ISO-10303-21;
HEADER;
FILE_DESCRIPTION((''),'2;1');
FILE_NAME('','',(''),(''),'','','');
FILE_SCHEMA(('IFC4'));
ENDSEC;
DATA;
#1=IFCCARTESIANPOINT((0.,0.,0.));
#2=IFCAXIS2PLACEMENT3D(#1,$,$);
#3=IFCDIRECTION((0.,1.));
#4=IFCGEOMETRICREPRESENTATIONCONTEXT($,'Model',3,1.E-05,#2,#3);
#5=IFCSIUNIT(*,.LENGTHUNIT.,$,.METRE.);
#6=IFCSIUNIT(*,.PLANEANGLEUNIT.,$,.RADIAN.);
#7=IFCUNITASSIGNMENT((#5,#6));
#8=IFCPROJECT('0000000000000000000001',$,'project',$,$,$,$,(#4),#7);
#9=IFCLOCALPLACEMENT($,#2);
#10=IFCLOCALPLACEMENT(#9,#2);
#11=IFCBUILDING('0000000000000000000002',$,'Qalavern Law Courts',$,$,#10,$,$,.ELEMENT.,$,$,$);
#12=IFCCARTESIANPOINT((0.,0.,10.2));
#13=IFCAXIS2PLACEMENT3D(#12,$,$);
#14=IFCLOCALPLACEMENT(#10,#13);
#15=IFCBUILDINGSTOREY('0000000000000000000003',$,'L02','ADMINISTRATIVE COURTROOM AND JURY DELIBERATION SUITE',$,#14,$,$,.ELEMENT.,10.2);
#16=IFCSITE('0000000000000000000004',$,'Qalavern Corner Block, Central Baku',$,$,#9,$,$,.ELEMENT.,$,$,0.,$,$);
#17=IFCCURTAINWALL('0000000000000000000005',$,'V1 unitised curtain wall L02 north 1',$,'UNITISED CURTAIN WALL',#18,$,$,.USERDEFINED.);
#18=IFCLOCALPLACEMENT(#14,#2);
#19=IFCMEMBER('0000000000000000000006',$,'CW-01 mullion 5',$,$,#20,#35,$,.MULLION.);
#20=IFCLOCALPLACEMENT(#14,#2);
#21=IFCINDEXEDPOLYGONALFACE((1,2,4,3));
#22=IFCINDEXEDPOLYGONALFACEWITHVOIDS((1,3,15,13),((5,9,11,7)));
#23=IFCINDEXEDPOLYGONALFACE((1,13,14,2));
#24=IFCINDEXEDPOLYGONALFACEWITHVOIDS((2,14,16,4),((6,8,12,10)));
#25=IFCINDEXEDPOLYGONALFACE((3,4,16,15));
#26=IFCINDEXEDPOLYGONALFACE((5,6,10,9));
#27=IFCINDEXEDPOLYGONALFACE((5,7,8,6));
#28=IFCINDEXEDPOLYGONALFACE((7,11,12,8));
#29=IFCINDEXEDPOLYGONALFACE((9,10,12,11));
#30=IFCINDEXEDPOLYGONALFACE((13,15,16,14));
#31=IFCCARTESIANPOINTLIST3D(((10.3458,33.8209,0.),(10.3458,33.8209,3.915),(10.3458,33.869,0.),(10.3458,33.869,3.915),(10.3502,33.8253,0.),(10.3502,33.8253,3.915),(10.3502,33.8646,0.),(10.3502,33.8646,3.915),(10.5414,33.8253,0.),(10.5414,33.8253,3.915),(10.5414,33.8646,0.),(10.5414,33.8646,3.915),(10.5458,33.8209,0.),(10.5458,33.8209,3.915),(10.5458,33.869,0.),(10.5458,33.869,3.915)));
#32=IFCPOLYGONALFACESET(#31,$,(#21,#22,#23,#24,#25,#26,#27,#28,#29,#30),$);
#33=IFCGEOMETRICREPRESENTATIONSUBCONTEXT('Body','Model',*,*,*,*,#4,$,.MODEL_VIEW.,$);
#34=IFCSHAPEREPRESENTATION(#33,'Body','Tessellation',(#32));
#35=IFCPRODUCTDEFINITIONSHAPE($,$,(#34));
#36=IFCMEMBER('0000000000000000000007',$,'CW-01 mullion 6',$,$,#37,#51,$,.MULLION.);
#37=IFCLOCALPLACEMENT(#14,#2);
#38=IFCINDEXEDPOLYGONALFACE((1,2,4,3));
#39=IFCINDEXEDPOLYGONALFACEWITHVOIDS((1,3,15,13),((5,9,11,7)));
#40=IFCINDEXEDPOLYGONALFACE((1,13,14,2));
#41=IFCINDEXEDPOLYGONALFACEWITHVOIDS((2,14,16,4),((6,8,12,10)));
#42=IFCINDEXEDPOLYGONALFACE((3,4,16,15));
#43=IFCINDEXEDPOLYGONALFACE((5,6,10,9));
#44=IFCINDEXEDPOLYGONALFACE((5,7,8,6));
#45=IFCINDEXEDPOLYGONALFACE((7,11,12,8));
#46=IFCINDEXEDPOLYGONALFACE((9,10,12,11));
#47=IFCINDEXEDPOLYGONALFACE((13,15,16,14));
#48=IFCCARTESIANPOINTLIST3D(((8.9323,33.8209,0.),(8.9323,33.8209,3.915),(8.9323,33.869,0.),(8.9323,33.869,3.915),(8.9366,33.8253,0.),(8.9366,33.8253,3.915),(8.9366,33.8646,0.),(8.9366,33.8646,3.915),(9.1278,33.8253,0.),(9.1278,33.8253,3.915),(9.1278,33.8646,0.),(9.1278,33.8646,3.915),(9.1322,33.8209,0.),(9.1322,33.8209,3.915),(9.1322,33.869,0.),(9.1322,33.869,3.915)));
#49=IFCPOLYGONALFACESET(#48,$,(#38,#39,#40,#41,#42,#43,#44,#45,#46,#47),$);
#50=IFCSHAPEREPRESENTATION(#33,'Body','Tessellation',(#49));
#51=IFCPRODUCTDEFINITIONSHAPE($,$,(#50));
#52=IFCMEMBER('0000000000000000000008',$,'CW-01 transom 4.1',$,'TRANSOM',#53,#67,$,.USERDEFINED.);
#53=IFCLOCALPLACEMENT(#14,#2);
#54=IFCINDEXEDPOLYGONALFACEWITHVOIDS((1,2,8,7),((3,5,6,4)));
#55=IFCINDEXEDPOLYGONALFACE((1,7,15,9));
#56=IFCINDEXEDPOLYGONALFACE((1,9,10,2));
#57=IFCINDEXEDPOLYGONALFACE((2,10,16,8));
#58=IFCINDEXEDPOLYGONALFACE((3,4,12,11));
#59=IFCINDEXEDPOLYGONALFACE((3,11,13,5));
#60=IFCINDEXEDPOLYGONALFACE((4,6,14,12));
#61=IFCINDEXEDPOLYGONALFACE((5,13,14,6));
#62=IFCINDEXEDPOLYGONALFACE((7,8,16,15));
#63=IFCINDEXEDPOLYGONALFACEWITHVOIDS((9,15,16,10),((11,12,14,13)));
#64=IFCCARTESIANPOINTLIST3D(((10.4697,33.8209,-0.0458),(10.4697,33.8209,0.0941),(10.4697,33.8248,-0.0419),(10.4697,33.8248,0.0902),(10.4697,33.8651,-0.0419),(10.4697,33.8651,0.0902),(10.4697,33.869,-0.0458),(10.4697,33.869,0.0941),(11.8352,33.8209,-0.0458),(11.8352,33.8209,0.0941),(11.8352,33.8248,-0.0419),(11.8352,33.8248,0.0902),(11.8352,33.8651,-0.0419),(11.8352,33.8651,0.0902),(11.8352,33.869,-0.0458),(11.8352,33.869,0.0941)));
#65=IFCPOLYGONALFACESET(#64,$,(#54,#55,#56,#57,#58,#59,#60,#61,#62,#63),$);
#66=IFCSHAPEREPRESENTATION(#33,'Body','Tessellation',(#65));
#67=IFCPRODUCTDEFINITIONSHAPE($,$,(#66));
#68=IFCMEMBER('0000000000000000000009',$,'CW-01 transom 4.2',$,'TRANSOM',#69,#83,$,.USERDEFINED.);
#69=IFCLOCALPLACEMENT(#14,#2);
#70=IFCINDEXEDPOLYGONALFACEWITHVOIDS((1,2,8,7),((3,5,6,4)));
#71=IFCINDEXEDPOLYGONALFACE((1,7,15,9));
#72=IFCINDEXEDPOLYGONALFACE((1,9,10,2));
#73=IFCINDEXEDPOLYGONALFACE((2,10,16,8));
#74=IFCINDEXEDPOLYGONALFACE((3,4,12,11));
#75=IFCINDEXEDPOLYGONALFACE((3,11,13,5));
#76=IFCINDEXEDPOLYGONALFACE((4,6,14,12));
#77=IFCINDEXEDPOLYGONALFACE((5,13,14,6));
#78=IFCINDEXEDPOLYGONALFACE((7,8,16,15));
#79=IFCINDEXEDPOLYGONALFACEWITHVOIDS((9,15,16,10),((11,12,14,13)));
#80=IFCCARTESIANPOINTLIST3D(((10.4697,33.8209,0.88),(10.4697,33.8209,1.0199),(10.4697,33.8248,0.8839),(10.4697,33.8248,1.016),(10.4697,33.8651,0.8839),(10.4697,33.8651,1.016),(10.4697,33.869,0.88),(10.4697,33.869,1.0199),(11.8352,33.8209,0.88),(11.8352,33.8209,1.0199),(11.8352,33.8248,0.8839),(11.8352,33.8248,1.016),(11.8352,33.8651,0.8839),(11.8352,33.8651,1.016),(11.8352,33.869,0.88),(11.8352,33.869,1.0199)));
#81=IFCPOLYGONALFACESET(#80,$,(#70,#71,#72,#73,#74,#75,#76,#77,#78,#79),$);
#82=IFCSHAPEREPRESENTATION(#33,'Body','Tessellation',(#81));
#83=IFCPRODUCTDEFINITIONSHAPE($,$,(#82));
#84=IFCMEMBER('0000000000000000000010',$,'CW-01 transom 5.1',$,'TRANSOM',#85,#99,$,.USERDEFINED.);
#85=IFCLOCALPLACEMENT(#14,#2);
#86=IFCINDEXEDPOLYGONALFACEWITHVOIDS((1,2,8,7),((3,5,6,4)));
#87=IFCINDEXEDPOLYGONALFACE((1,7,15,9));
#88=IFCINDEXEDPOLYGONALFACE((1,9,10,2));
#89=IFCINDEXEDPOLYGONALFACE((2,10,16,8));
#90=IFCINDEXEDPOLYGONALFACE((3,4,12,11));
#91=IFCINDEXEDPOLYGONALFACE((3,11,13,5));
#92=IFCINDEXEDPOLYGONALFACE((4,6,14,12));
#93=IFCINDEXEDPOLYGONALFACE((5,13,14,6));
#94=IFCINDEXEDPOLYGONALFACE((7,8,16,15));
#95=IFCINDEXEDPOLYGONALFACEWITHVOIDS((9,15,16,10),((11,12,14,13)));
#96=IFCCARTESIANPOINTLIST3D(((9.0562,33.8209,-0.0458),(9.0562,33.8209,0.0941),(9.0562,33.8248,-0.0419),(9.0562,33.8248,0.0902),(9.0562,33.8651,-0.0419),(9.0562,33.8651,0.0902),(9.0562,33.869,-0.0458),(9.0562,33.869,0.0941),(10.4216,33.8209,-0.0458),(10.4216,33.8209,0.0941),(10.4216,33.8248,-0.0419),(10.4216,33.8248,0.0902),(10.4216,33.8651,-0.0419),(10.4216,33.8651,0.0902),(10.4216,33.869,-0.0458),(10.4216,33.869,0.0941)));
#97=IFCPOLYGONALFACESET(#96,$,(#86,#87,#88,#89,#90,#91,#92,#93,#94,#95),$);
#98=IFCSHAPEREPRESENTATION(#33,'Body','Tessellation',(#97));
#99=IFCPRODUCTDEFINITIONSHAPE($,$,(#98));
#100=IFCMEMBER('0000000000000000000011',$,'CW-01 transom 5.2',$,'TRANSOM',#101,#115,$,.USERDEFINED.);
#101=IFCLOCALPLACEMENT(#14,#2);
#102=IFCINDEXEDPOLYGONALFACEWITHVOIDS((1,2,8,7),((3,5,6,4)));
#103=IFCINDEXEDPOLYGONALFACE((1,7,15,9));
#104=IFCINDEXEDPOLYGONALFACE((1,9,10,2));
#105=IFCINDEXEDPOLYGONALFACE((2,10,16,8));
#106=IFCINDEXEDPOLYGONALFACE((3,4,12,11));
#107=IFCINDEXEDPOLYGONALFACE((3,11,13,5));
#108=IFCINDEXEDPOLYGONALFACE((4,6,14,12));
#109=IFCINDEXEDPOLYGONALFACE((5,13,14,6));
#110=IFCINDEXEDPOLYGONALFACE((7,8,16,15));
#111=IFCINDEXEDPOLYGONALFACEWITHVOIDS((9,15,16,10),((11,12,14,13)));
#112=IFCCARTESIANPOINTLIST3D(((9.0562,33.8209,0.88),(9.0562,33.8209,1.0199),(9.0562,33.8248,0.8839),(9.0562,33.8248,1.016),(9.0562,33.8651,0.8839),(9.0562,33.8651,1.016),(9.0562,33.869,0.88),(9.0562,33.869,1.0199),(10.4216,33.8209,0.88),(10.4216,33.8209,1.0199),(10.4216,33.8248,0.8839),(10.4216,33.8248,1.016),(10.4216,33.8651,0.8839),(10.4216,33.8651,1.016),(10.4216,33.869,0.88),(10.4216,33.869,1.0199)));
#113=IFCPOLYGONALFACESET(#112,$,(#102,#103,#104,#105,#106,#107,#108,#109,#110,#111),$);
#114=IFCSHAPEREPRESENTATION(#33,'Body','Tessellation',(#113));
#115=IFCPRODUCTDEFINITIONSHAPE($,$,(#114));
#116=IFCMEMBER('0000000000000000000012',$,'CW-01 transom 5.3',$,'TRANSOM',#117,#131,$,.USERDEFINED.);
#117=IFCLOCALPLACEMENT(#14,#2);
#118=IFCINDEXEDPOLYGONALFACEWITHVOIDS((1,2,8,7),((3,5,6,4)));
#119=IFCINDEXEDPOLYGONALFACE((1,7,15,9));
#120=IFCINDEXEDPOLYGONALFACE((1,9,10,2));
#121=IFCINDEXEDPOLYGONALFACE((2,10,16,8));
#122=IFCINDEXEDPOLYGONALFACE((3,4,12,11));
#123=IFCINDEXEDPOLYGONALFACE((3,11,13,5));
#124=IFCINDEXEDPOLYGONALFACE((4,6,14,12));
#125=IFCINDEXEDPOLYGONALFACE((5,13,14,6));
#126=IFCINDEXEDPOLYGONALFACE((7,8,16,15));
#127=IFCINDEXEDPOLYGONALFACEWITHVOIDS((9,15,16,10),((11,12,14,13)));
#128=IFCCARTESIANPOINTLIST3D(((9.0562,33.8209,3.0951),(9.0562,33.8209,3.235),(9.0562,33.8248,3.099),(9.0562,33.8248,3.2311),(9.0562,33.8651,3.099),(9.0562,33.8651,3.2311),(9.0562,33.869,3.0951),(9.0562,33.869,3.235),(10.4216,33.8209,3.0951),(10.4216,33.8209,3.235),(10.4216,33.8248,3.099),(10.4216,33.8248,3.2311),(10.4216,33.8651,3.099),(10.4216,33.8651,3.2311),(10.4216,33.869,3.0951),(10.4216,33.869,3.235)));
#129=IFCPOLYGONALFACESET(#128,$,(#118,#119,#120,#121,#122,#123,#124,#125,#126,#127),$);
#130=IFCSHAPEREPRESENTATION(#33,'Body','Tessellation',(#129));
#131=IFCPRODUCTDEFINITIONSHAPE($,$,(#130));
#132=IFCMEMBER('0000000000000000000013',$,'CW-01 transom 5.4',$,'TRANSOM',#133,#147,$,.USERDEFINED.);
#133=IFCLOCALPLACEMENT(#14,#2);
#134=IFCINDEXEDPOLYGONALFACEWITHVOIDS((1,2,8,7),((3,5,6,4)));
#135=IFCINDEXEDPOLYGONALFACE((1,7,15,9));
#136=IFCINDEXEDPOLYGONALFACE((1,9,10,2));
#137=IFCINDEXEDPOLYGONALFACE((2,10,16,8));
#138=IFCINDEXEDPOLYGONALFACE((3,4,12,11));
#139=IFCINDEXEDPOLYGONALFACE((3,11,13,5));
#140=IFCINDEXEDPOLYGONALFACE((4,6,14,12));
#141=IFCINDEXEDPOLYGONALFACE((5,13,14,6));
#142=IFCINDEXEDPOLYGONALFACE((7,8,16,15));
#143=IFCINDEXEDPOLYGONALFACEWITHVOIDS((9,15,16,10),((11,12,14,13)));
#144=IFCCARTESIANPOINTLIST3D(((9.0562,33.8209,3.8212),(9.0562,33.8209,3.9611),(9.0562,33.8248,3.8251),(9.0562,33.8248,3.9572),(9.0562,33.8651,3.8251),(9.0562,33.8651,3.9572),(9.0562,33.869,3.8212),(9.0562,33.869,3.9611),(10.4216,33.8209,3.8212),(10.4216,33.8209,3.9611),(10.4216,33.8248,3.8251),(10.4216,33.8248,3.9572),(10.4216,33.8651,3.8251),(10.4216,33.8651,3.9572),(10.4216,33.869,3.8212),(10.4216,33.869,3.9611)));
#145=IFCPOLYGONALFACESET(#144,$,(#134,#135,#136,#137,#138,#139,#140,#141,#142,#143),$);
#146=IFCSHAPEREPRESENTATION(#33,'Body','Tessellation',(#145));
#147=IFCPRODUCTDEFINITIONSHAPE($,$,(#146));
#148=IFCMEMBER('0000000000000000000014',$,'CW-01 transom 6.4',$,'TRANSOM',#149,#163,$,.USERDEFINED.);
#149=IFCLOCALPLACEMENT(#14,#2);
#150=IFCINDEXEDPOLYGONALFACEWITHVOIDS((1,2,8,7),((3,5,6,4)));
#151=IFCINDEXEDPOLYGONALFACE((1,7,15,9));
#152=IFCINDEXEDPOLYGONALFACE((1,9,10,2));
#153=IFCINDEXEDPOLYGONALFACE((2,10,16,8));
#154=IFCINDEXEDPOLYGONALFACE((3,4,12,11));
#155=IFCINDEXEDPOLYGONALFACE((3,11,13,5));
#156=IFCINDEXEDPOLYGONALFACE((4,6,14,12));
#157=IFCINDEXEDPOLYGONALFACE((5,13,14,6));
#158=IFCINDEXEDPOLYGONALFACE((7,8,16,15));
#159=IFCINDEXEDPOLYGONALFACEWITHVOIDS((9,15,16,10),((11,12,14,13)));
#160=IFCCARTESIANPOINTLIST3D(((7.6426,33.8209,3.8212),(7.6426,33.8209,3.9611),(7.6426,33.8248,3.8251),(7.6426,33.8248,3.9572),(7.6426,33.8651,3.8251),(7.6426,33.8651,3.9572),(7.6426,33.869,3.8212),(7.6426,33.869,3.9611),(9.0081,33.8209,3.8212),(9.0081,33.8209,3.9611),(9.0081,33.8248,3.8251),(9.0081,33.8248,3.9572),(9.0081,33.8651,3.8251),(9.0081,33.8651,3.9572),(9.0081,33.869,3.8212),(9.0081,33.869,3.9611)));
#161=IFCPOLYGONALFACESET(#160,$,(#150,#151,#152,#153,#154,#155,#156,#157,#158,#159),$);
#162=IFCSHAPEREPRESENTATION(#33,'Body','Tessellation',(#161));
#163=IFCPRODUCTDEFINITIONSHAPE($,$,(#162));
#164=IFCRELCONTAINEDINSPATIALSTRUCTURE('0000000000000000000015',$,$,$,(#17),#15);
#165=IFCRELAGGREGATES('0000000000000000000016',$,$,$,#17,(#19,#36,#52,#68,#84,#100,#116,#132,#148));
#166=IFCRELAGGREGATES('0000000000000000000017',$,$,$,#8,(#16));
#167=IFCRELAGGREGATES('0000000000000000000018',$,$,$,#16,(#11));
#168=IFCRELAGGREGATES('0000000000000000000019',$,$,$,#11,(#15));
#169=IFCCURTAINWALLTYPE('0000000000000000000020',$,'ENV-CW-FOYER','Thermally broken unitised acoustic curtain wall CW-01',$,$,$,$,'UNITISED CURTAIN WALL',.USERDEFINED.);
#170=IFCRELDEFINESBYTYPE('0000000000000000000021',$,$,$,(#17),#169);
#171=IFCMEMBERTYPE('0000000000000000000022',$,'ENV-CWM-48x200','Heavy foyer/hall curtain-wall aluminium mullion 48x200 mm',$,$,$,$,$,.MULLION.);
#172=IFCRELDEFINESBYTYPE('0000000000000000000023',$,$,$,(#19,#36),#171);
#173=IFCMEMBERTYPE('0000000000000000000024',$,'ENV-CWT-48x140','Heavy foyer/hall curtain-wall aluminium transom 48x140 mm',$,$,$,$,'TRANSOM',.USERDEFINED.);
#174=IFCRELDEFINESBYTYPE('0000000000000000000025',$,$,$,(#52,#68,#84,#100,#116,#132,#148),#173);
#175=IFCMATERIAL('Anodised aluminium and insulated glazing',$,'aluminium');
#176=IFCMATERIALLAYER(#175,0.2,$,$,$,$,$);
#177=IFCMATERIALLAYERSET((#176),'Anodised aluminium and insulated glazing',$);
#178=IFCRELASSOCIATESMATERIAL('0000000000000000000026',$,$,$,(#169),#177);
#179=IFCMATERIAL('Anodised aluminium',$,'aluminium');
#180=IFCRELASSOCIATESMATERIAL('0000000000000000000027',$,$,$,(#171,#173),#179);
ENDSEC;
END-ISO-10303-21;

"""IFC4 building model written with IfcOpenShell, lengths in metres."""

from ifc_helpers import new_model, si_unit, direction, frame, origin, origin_2d, place, context, subcontext, project, spatial, hollow_rectangle, extrude, material, layer, layer_set, material_profile, profile_set, type_object, element, aggregate, save


model = new_model("IFC4")

# Units and contexts
model_context = context("Model", 3, precision=1e-05, world=origin(), true_north=direction((0.0, 1.0)))
body_context = subcontext(model_context, "Body", "Model", "MODEL_VIEW")
ifc_project = project(units=[si_unit("LENGTHUNIT", "METRE"), si_unit("PLANEANGLEUNIT", "RADIAN")], contexts=[model_context])

# Site, building, storey
site_placement = place(None, origin())
site = spatial("IfcSite", under=ifc_project, at=site_placement, Name="Qalavern Corner Block, Central Baku", CompositionType="ELEMENT", RefElevation=0.0)
building_placement = place(site_placement, origin())
building = spatial("IfcBuilding", under=site, at=building_placement, Name="Qalavern Law Courts", CompositionType="ELEMENT")
storey_placement = place(building_placement, frame((0.0, 0.0, 10.2)))
storey = spatial("IfcBuildingStorey", under=building, at=storey_placement, Name="L02", Description="ADMINISTRATIVE COURTROOM AND JURY DELIBERATION SUITE", CompositionType="ELEMENT", Elevation=10.2)

# Curtain wall, members
ifc_material_1 = material(Name="Anodised aluminium and insulated glazing", Category="aluminium")
ifc_layer_1 = layer(ifc_material_1, 0.2)
ifc_layer_set_1 = layer_set([ifc_layer_1], Name="Anodised aluminium and insulated glazing")
curtain_wall_type = type_object("IfcCurtainWallType", Name="ENV-CW-FOYER", Description="Thermally broken unitised acoustic curtain wall CW-01", ElementType="UNITISED CURTAIN WALL", PredefinedType="USERDEFINED", material=ifc_layer_set_1)
curtain_wall_placement = place(storey_placement, origin())
curtain_wall = element("IfcCurtainWall", 1, at=curtain_wall_placement, inside=storey, type_object=curtain_wall_type, Name="V1 unitised curtain wall L02 north 1", ObjectType="UNITISED CURTAIN WALL", PredefinedType="USERDEFINED")
ifc_material_2 = material(Name="Anodised aluminium", Category="aluminium")
ifc_material_profile_1 = material_profile(ifc_material_2, hollow_rectangle(XDim=0.0481, YDim=0.2, WallThickness=0.0044, at=origin_2d()), Name="ALU MULLION 48x200")
ifc_profile_set_1 = profile_set([ifc_material_profile_1], Name="Anodised aluminium")
member_type_1 = type_object("IfcMemberType", Name="ENV-CWM-48x200", Description="Heavy foyer/hall curtain-wall aluminium mullion 48x200 mm", PredefinedType="MULLION", material=ifc_profile_set_1)
member_1_placement = place(storey_placement, frame((10.4458, 33.845, 0.0), z_axis=(0.0, 0.0, 1.0), x_axis=(0.0, -1.0, 0.0)))
member_1 = element("IfcMember", 2, at=member_1_placement, type_object=member_type_1, Name="CW-01 mullion 5", PredefinedType="MULLION", context=body_context, shape_type="SweptSolid", body=[
    extrude(hollow_rectangle(XDim=0.0481, YDim=0.2, WallThickness=0.0044, at=origin_2d()), origin(), (0.0, 0.0, 1.0), 3.915),
])
member_2_placement = place(storey_placement, frame((9.0322, 33.845, 0.0), z_axis=(0.0, 0.0, 1.0), x_axis=(0.0, -1.0, 0.0)))
member_2 = element("IfcMember", 3, at=member_2_placement, type_object=member_type_1, Name="CW-01 mullion 6", PredefinedType="MULLION", context=body_context, shape_type="SweptSolid", body=[
    extrude(hollow_rectangle(XDim=0.0481, YDim=0.2, WallThickness=0.0044, at=origin_2d()), origin(), (0.0, 0.0, 1.0), 3.915),
])
ifc_material_profile_2 = material_profile(ifc_material_2, hollow_rectangle(XDim=0.0481, YDim=0.1399, WallThickness=0.0039, at=origin_2d()), Name="ALU TRANSOM 48x140")
ifc_profile_set_2 = profile_set([ifc_material_profile_2], Name="Anodised aluminium")
member_type_2 = type_object("IfcMemberType", Name="ENV-CWT-48x140", Description="Heavy foyer/hall curtain-wall aluminium transom 48x140 mm", ElementType="TRANSOM", PredefinedType="USERDEFINED", material=ifc_profile_set_2)
member_3_placement = place(storey_placement, frame((11.8352, 33.845, 0.0242), z_axis=(-1.0, 0.0, 0.0), x_axis=(0.0, -1.0, 0.0)))
member_3 = element("IfcMember", 4, at=member_3_placement, type_object=member_type_2, Name="CW-01 transom 4.1", ObjectType="TRANSOM", PredefinedType="USERDEFINED", context=body_context, shape_type="SweptSolid", body=[
    extrude(hollow_rectangle(XDim=0.0481, YDim=0.1399, WallThickness=0.0039, at=origin_2d()), origin(), (0.0, 0.0, 1.0), 1.3655),
])
member_4_placement = place(storey_placement, frame((11.8352, 33.845, 0.95), z_axis=(-1.0, 0.0, 0.0), x_axis=(0.0, -1.0, 0.0)))
member_4 = element("IfcMember", 5, at=member_4_placement, type_object=member_type_2, Name="CW-01 transom 4.2", ObjectType="TRANSOM", PredefinedType="USERDEFINED", context=body_context, shape_type="SweptSolid", body=[
    extrude(hollow_rectangle(XDim=0.0481, YDim=0.1399, WallThickness=0.0039, at=origin_2d()), origin(), (0.0, 0.0, 1.0), 1.3655),
])
member_5_placement = place(storey_placement, frame((10.4216, 33.845, 0.0242), z_axis=(-1.0, 0.0, 0.0), x_axis=(0.0, -1.0, 0.0)))
member_5 = element("IfcMember", 6, at=member_5_placement, type_object=member_type_2, Name="CW-01 transom 5.1", ObjectType="TRANSOM", PredefinedType="USERDEFINED", context=body_context, shape_type="SweptSolid", body=[
    extrude(hollow_rectangle(XDim=0.0481, YDim=0.1399, WallThickness=0.0039, at=origin_2d()), origin(), (0.0, 0.0, 1.0), 1.3655),
])
member_6_placement = place(storey_placement, frame((10.4216, 33.845, 0.95), z_axis=(-1.0, 0.0, 0.0), x_axis=(0.0, -1.0, 0.0)))
member_6 = element("IfcMember", 7, at=member_6_placement, type_object=member_type_2, Name="CW-01 transom 5.2", ObjectType="TRANSOM", PredefinedType="USERDEFINED", context=body_context, shape_type="SweptSolid", body=[
    extrude(hollow_rectangle(XDim=0.0481, YDim=0.1399, WallThickness=0.0039, at=origin_2d()), origin(), (0.0, 0.0, 1.0), 1.3655),
])
member_7_placement = place(storey_placement, frame((10.4216, 33.845, 3.165), z_axis=(-1.0, 0.0, 0.0), x_axis=(0.0, -1.0, 0.0)))
member_7 = element("IfcMember", 8, at=member_7_placement, type_object=member_type_2, Name="CW-01 transom 5.3", ObjectType="TRANSOM", PredefinedType="USERDEFINED", context=body_context, shape_type="SweptSolid", body=[
    extrude(hollow_rectangle(XDim=0.0481, YDim=0.1399, WallThickness=0.0039, at=origin_2d()), origin(), (0.0, 0.0, 1.0), 1.3655),
])
member_8_placement = place(storey_placement, frame((10.4216, 33.845, 3.8911), z_axis=(-1.0, 0.0, 0.0), x_axis=(0.0, -1.0, 0.0)))
member_8 = element("IfcMember", 9, at=member_8_placement, type_object=member_type_2, Name="CW-01 transom 5.4", ObjectType="TRANSOM", PredefinedType="USERDEFINED", context=body_context, shape_type="SweptSolid", body=[
    extrude(hollow_rectangle(XDim=0.0481, YDim=0.1399, WallThickness=0.0039, at=origin_2d()), origin(), (0.0, 0.0, 1.0), 1.3655),
])
member_9_placement = place(storey_placement, frame((9.0081, 33.845, 3.8911), z_axis=(-1.0, 0.0, 0.0), x_axis=(0.0, -1.0, 0.0)))
member_9 = element("IfcMember", 10, at=member_9_placement, type_object=member_type_2, Name="CW-01 transom 6.4", ObjectType="TRANSOM", PredefinedType="USERDEFINED", context=body_context, shape_type="SweptSolid", body=[
    extrude(hollow_rectangle(XDim=0.0481, YDim=0.1399, WallThickness=0.0039, at=origin_2d()), origin(), (0.0, 0.0, 1.0), 1.3655),
])

aggregate(curtain_wall, [member_1, member_2, member_3, member_4, member_5, member_6, member_7, member_8, member_9])

save(model, "model.ifc")
